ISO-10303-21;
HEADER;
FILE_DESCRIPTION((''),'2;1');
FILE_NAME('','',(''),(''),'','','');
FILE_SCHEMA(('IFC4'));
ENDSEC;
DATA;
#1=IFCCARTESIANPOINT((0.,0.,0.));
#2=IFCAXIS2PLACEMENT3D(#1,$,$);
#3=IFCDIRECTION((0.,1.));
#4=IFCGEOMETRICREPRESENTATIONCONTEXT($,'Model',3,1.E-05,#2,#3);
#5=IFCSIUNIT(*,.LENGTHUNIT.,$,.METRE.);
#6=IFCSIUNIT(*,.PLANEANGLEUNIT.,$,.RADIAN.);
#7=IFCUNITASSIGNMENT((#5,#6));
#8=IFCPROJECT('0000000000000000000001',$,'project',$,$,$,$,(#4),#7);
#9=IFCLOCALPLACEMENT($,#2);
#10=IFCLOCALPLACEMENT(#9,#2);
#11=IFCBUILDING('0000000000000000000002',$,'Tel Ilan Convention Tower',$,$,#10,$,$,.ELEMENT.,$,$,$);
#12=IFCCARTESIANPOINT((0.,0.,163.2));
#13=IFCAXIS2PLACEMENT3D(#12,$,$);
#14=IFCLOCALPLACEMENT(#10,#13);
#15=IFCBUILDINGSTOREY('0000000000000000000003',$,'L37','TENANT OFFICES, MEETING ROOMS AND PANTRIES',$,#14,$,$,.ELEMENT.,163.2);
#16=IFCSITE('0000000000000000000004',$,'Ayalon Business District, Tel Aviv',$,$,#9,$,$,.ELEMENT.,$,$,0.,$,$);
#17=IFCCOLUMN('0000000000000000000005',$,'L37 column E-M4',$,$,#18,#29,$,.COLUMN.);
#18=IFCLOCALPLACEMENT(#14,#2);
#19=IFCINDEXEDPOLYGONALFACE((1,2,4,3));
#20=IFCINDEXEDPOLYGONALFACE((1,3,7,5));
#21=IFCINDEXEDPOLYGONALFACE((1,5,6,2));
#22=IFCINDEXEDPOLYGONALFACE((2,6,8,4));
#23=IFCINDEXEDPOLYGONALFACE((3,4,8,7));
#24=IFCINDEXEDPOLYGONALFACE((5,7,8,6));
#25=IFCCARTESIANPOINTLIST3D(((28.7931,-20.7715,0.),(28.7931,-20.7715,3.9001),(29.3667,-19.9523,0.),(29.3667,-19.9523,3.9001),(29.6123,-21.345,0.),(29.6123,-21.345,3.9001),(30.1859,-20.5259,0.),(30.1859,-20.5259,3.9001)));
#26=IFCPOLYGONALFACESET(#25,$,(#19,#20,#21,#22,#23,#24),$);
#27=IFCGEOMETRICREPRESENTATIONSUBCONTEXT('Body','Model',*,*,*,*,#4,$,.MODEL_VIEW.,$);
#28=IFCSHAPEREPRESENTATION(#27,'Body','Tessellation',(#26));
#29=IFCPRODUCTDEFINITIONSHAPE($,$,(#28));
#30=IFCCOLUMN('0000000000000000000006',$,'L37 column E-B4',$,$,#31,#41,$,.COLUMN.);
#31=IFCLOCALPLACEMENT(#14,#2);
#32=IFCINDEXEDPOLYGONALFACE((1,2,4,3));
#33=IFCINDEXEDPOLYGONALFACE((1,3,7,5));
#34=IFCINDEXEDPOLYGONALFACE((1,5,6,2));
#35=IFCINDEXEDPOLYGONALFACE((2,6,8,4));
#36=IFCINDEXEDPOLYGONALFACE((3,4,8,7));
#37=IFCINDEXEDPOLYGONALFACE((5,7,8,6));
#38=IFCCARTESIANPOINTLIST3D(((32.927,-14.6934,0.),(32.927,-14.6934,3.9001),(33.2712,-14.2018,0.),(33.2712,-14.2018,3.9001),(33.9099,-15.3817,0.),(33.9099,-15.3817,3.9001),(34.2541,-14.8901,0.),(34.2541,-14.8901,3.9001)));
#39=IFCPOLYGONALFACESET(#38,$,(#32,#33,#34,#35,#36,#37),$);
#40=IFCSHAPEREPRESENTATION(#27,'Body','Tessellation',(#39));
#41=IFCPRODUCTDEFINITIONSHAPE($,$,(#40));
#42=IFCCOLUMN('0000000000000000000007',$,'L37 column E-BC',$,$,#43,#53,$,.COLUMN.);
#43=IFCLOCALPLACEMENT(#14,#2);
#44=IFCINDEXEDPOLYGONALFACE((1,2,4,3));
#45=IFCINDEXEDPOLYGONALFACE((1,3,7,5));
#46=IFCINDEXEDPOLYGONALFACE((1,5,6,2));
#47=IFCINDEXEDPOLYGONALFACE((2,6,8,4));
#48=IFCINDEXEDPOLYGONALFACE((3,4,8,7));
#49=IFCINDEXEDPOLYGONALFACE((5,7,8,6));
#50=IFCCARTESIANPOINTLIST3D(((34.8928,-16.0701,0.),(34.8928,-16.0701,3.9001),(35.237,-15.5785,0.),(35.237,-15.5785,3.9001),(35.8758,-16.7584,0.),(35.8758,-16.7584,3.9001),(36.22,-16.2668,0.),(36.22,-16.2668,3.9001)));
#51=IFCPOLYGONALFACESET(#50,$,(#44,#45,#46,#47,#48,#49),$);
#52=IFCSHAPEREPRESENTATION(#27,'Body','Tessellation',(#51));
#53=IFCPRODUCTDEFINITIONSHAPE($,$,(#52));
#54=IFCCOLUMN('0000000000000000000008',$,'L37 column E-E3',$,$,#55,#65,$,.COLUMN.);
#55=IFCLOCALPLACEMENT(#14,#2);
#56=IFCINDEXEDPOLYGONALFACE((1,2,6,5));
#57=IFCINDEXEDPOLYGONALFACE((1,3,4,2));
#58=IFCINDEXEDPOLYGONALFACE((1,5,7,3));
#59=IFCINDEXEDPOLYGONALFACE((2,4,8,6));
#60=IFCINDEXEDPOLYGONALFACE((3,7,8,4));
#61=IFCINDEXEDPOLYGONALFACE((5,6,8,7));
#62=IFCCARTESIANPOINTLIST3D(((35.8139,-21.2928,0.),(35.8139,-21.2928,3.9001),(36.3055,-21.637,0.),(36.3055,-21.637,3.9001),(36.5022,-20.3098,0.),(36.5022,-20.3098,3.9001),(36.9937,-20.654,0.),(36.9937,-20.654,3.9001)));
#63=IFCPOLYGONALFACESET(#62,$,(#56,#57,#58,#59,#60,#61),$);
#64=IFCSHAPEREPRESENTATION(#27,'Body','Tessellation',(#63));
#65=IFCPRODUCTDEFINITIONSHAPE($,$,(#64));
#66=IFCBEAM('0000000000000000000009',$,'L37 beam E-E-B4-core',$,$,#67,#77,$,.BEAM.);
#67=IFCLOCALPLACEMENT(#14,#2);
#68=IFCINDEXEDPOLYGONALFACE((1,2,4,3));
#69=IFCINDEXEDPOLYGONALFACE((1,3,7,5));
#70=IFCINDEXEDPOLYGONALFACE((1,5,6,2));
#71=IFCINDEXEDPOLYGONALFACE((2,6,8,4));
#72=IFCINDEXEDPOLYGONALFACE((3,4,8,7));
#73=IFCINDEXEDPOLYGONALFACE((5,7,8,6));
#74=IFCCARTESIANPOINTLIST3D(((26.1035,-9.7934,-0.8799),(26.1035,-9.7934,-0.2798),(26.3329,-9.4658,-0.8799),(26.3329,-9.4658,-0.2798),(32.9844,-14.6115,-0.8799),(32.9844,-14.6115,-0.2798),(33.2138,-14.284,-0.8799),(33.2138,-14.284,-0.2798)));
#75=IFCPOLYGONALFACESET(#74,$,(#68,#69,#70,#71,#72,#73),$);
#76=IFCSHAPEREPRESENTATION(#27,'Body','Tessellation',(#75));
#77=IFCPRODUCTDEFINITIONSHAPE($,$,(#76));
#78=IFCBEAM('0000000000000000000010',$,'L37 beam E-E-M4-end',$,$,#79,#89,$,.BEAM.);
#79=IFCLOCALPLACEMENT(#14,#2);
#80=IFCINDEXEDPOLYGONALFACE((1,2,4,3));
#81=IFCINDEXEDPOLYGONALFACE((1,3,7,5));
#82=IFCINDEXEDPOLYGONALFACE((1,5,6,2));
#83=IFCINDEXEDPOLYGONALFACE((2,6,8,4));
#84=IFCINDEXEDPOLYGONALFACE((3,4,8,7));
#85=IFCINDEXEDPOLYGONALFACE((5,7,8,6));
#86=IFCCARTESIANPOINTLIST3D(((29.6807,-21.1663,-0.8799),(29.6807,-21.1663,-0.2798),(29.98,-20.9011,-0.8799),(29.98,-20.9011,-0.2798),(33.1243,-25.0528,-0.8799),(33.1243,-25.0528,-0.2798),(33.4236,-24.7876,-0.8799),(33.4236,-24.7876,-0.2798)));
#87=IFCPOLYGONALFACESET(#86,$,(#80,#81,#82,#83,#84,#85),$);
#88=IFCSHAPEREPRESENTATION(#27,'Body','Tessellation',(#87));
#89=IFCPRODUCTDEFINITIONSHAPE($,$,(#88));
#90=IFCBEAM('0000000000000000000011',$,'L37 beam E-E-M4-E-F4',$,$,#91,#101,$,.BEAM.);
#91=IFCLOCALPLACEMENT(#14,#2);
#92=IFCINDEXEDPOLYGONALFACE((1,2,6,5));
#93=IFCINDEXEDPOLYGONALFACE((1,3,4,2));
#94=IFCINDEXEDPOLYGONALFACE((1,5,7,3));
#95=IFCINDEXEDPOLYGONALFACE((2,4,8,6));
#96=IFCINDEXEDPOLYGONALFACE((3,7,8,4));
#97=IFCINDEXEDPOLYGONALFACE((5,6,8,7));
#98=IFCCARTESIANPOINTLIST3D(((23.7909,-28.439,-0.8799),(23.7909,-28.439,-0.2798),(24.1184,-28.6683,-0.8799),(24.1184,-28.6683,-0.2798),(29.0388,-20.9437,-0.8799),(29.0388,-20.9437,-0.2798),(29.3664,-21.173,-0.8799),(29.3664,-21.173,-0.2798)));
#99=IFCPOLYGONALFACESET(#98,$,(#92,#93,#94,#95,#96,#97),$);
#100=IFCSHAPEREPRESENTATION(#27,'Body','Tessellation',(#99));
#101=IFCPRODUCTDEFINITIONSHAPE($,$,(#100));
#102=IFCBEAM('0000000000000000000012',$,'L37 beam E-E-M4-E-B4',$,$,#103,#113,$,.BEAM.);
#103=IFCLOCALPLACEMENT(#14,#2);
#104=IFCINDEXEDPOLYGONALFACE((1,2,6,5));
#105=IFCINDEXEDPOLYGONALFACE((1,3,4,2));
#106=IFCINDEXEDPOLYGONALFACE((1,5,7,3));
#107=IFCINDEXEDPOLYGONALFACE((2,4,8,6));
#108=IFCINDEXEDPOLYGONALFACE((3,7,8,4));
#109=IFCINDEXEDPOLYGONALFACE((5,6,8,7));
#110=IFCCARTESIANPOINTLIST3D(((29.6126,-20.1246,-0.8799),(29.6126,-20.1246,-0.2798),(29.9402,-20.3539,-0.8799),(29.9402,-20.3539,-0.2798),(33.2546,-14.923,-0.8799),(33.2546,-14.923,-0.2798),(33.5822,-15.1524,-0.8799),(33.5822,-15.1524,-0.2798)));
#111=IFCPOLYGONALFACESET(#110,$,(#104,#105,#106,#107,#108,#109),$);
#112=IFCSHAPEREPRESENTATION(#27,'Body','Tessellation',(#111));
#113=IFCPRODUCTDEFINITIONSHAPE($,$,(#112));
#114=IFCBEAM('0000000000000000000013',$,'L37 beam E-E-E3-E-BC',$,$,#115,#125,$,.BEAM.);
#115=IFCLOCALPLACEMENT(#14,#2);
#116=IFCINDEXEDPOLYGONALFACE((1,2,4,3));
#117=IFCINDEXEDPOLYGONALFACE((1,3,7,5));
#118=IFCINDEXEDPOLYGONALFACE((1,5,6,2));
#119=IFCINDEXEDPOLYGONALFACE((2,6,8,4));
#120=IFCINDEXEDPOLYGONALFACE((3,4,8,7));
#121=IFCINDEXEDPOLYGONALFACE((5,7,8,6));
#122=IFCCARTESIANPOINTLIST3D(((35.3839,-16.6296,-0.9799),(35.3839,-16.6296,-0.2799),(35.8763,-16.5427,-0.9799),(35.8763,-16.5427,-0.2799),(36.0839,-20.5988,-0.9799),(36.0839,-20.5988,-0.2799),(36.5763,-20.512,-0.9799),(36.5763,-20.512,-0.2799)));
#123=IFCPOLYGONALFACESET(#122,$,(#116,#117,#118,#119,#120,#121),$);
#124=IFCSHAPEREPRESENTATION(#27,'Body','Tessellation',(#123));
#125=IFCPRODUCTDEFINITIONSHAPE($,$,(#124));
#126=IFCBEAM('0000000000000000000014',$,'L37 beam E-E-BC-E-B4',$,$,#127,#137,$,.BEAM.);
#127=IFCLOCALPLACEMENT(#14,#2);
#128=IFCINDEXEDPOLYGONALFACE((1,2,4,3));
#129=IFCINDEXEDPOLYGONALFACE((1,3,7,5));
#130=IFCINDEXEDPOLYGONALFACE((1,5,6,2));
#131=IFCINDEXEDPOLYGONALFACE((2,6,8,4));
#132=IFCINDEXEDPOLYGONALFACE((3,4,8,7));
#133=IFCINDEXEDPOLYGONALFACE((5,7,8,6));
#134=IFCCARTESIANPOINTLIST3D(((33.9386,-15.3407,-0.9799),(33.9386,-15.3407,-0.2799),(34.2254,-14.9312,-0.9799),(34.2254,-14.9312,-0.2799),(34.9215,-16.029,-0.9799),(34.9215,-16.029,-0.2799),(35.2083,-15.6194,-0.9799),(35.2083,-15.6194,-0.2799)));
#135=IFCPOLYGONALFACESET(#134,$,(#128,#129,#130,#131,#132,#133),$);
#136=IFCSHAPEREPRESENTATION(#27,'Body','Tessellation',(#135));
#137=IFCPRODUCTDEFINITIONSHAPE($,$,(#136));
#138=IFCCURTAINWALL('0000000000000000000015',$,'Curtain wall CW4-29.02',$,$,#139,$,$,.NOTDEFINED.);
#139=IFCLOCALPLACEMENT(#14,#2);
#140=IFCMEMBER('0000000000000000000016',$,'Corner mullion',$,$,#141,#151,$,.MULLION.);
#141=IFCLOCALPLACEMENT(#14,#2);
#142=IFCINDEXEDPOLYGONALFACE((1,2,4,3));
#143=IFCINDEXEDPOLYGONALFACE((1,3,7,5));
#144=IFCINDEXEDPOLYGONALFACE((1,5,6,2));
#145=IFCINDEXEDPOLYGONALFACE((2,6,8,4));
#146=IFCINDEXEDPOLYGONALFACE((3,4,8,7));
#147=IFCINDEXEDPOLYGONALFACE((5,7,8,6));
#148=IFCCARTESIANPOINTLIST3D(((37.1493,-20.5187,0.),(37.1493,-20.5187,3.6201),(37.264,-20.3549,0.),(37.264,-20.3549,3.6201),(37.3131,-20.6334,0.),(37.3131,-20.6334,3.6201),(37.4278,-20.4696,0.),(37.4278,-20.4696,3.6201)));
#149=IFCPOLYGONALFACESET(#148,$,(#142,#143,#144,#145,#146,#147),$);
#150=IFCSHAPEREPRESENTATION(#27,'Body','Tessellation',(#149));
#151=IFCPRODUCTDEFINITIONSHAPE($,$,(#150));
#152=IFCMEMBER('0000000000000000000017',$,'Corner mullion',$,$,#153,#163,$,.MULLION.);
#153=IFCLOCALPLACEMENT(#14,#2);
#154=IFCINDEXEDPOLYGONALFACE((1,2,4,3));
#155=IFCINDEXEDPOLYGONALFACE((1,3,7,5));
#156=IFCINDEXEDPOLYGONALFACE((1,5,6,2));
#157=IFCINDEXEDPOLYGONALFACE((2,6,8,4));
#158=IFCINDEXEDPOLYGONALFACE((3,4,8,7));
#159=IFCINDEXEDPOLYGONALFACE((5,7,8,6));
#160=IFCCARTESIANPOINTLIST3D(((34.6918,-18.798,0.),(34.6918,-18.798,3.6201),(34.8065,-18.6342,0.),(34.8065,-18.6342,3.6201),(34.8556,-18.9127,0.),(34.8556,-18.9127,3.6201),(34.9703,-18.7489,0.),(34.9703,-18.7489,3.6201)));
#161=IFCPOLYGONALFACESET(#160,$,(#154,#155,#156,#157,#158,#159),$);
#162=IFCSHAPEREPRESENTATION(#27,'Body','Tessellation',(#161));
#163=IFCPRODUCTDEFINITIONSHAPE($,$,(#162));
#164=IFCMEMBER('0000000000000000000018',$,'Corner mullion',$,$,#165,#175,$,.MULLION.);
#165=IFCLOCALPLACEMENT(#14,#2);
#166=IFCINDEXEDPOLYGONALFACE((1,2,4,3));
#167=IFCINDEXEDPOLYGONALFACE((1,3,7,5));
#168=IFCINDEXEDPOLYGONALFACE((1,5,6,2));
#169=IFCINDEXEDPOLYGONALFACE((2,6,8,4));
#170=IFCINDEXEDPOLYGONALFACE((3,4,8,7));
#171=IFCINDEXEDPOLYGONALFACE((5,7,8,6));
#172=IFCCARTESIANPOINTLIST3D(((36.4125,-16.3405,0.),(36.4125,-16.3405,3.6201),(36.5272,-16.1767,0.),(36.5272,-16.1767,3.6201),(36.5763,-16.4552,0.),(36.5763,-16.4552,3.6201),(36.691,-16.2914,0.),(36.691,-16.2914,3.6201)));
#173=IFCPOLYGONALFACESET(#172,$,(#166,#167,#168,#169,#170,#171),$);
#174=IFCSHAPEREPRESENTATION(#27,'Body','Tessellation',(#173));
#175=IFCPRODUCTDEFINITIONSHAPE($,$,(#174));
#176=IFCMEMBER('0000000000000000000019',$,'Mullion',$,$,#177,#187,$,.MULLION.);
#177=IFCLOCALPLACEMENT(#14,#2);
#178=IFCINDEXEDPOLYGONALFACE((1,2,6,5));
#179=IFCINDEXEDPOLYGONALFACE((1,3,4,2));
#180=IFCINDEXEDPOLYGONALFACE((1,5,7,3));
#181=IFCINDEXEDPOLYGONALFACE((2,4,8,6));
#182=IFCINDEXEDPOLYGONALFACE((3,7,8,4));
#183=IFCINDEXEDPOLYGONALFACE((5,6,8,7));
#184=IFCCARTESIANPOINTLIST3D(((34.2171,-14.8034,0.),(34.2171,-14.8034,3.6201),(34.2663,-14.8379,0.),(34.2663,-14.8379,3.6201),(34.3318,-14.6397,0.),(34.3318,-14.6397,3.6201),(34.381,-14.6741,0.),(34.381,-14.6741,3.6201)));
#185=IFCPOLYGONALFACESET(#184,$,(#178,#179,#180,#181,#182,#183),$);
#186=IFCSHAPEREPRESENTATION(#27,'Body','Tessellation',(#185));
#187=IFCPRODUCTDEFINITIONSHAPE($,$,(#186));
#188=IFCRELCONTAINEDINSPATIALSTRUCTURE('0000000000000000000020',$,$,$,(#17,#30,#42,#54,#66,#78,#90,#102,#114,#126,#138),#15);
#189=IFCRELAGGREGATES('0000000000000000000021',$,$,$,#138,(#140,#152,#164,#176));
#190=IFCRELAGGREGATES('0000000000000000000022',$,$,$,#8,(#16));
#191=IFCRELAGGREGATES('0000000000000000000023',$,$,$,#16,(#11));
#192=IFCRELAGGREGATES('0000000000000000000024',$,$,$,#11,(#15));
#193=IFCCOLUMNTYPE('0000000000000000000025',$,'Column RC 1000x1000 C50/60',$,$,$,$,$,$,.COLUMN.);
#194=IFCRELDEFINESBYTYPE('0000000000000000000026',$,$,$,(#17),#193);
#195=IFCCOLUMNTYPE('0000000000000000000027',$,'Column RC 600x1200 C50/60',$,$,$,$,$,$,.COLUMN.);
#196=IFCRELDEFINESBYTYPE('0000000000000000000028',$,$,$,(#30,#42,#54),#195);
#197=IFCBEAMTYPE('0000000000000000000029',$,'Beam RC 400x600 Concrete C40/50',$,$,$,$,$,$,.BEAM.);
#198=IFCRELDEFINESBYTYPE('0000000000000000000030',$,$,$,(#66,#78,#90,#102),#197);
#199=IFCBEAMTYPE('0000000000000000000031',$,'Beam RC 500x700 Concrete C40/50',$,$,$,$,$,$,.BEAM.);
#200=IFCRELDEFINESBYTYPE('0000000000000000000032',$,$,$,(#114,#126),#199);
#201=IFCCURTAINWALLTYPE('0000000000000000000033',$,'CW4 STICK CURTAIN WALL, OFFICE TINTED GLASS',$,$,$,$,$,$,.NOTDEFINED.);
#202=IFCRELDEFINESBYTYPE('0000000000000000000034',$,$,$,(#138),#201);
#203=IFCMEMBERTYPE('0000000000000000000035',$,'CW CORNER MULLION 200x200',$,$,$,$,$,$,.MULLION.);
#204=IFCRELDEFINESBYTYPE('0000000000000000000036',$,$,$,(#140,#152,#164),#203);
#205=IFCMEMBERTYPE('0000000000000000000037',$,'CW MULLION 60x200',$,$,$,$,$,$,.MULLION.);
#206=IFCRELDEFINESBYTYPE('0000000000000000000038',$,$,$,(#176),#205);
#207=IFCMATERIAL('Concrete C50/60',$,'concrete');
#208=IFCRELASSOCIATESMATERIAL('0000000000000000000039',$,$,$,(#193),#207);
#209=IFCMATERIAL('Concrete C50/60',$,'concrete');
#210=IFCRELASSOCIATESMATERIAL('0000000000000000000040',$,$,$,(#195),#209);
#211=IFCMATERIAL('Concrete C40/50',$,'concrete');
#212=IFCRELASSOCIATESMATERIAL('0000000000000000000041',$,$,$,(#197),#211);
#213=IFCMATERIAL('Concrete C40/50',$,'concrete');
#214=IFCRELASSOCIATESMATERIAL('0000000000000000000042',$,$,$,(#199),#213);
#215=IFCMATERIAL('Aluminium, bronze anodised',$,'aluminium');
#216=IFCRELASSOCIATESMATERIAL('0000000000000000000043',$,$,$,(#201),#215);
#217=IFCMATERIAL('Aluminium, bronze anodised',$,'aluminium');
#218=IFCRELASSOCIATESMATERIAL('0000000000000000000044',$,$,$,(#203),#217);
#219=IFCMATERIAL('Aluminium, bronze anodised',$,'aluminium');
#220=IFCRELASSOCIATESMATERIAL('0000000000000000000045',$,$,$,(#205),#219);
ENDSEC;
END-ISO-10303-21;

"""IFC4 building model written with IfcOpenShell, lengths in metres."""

from ifc_helpers import new_model, si_unit, direction, frame, origin, origin_2d, place, context, subcontext, project, spatial, rectangle, extrude, material, material_profile, profile_set, type_object, element, aggregate, save


model = new_model("IFC4")

# Units and contexts
model_context = context("Model", 3, precision=1e-05, world=origin(), true_north=direction((0.0, 1.0)))
body_context = subcontext(model_context, "Body", "Model", "MODEL_VIEW")
ifc_project = project(units=[si_unit("LENGTHUNIT", "METRE"), si_unit("PLANEANGLEUNIT", "RADIAN")], contexts=[model_context])

# Site, building, storey
site_placement = place(None, origin())
site = spatial("IfcSite", under=ifc_project, at=site_placement, Name="Ayalon Business District, Tel Aviv", CompositionType="ELEMENT", RefElevation=0.0)
building_placement = place(site_placement, origin())
building = spatial("IfcBuilding", under=site, at=building_placement, Name="Tel Ilan Convention Tower", CompositionType="ELEMENT")
storey_placement = place(building_placement, frame((0.0, 0.0, 163.2)))
storey = spatial("IfcBuildingStorey", under=building, at=storey_placement, Name="L37", Description="TENANT OFFICES, MEETING ROOMS AND PANTRIES", CompositionType="ELEMENT", Elevation=163.2)

# Columns
ifc_material_1 = material(Name="Concrete C50/60", Category="concrete")
ifc_material_profile_1 = material_profile(ifc_material_1, rectangle(XDim=1.0, YDim=1.0, at=origin_2d()), Name="RC 1000x1000")
ifc_profile_set_1 = profile_set([ifc_material_profile_1], Name="Concrete C50/60")
column_type_1 = type_object("IfcColumnType", Name="Column RC 1000x1000 C50/60", PredefinedType="COLUMN", material=ifc_profile_set_1)
column_placement = place(storey_placement, frame((29.4895, -20.6487, 0.0), z_axis=(0.0, 0.0, 1.0), x_axis=(0.819152, -0.573576, 0.0)))
element("IfcColumn", 1, at=column_placement, inside=storey, type_object=column_type_1, Name="L37 column E-M4", PredefinedType="COLUMN", context=body_context, shape_type="SweptSolid", body=[
    extrude(rectangle(XDim=1.0, YDim=1.0, at=origin_2d()), origin(), (0.0, 0.0, 1.0), 3.9001),
])
ifc_material_2 = material(Name="Concrete C50/60", Category="concrete")
ifc_material_profile_2 = material_profile(ifc_material_2, rectangle(XDim=1.2, YDim=0.6001, at=origin_2d()), Name="RC 600x1200")
ifc_profile_set_2 = profile_set([ifc_material_profile_2], Name="Concrete C50/60")
column_type_2 = type_object("IfcColumnType", Name="Column RC 600x1200 C50/60", PredefinedType="COLUMN", material=ifc_profile_set_2)
for number, where, z_axis, x_axis, name in (
    (2, (33.5906, -14.7917, 0.0), (0.0, 0.0, 1.0), (0.819152, -0.573576, 0.0), "L37 column E-B4"),
    (3, (35.5564, -16.1685, 0.0), (0.0, 0.0, 1.0), (0.819152, -0.573576, 0.0), "L37 column E-BC"),
    (4, (36.4038, -20.9734, 0.0), (0.0, 0.0, 1.0), (0.573576, 0.819152, 0.0), "L37 column E-E3"),
):
    element("IfcColumn", number, at=place(storey_placement, frame(where, z_axis=z_axis, x_axis=x_axis)), inside=storey, type_object=column_type_2, Name=name, PredefinedType="COLUMN", context=body_context, shape_type="SweptSolid", body=[
        extrude(rectangle(XDim=1.2, YDim=0.6001, at=origin_2d()), origin(), (0.0, 0.0, 1.0), 3.9001),
    ])

# Beams
ifc_material_3 = material(Name="Concrete C40/50", Category="concrete")
ifc_material_profile_3 = material_profile(ifc_material_3, rectangle(XDim=0.3999, YDim=0.6001, at=origin_2d()), Name="RC 400x600")
ifc_profile_set_3 = profile_set([ifc_material_profile_3], Name="Concrete C40/50")
beam_type_1 = type_object("IfcBeamType", Name="Beam RC 400x600 Concrete C40/50", PredefinedType="BEAM", material=ifc_profile_set_3)
beam_1_placement = place(storey_placement, frame((33.0991, -14.4478, -0.5798), z_axis=(-0.819147, 0.573583, 0.0), x_axis=(-0.573583, -0.819147, 0.0)))
element("IfcBeam", 5, at=beam_1_placement, inside=storey, type_object=beam_type_1, Name="L37 beam E-E-B4-core", PredefinedType="BEAM", context=body_context, shape_type="SweptSolid", body=[
    extrude(rectangle(XDim=0.3999, YDim=0.6001, at=origin_2d()), origin(), (0.0, 0.0, 1.0), 8.4001),
])
beam_2_placement = place(storey_placement, frame((29.8303, -21.0337, -0.5798), z_axis=(0.663175, -0.748464, 0.0), x_axis=(0.748464, 0.663175, 0.0)))
element("IfcBeam", 6, at=beam_2_placement, inside=storey, type_object=beam_type_1, Name="L37 beam E-E-M4-end", PredefinedType="BEAM", context=body_context, shape_type="SweptSolid", body=[
    extrude(rectangle(XDim=0.3999, YDim=0.6001, at=origin_2d()), origin(), (0.0, 0.0, 1.0), 5.1926),
])
beam_3_placement = place(storey_placement, frame((29.2026, -21.0583, -0.5798), z_axis=(-0.573557, -0.819165, 0.0), x_axis=(0.819165, -0.573557, 0.0)))
element("IfcBeam", 7, at=beam_3_placement, inside=storey, type_object=beam_type_1, Name="L37 beam E-E-M4-E-F4", PredefinedType="BEAM", context=body_context, shape_type="SweptSolid", body=[
    extrude(rectangle(XDim=0.3999, YDim=0.6001, at=origin_2d()), origin(), (0.0, 0.0, 1.0), 9.1499),
])
beam_4_placement = place(storey_placement, frame((29.7764, -20.2393, -0.5798), z_axis=(0.57356, 0.819163, 0.0), x_axis=(-0.819163, 0.57356, 0.0)))
element("IfcBeam", 8, at=beam_4_placement, inside=storey, type_object=beam_type_1, Name="L37 beam E-E-M4-E-B4", PredefinedType="BEAM", context=body_context, shape_type="SweptSolid", body=[
    extrude(rectangle(XDim=0.3999, YDim=0.6001, at=origin_2d()), origin(), (0.0, 0.0, 1.0), 6.3499),
])
ifc_material_4 = material(Name="Concrete C40/50", Category="concrete")
ifc_material_profile_4 = material_profile(ifc_material_4, rectangle(XDim=0.5, YDim=0.7, at=origin_2d()), Name="RC 500x700")
ifc_profile_set_4 = profile_set([ifc_material_profile_4], Name="Concrete C40/50")
beam_type_2 = type_object("IfcBeamType", Name="Beam RC 500x700 Concrete C40/50", PredefinedType="BEAM", material=ifc_profile_set_4)
beam_5_placement = place(storey_placement, frame((36.3301, -20.5554, -0.6299), z_axis=(-0.173664, 0.984805, 0.0), x_axis=(-0.984805, -0.173664, 0.0)))
element("IfcBeam", 9, at=beam_5_placement, inside=storey, type_object=beam_type_2, Name="L37 beam E-E-E3-E-BC", PredefinedType="BEAM", context=body_context, shape_type="SweptSolid", body=[
    extrude(rectangle(XDim=0.5, YDim=0.7, at=origin_2d()), origin(), (0.0, 0.0, 1.0), 4.0305),
])
beam_6_placement = place(storey_placement, frame((35.0649, -15.8242, -0.6299), z_axis=(-0.819155, 0.573572, 0.0), x_axis=(-0.573572, -0.819155, 0.0)))
element("IfcBeam", 10, at=beam_6_placement, inside=storey, type_object=beam_type_2, Name="L37 beam E-E-BC-E-B4", PredefinedType="BEAM", context=body_context, shape_type="SweptSolid", body=[
    extrude(rectangle(XDim=0.5, YDim=0.7, at=origin_2d()), origin(), (0.0, 0.0, 1.0), 1.2),
])

# Curtain wall, members
ifc_material_5 = material(Name="Aluminium, bronze anodised", Category="aluminium")
curtain_wall_type = type_object("IfcCurtainWallType", Name="CW4 STICK CURTAIN WALL, OFFICE TINTED GLASS", PredefinedType="NOTDEFINED", material=ifc_material_5)
curtain_wall_placement = place(storey_placement, origin())
curtain_wall = element("IfcCurtainWall", 11, at=curtain_wall_placement, inside=storey, type_object=curtain_wall_type, Name="Curtain wall CW4-29.02", PredefinedType="NOTDEFINED")
ifc_material_6 = material(Name="Aluminium, bronze anodised", Category="aluminium")
ifc_material_profile_5 = material_profile(ifc_material_6, rectangle(XDim=0.2, YDim=0.2, at=origin_2d()), Name="CW CORNER MULLION 200x200")
ifc_profile_set_5 = profile_set([ifc_material_profile_5], Name="Aluminium, bronze anodised")
member_type_1 = type_object("IfcMemberType", Name="CW CORNER MULLION 200x200", PredefinedType="MULLION", material=ifc_profile_set_5)
member_1_placement = place(storey_placement, frame((37.2886, -20.4941, 0.0), z_axis=(0.0, 0.0, 1.0), x_axis=(0.573576, 0.819152, 0.0)))
member_1 = element("IfcMember", 12, at=member_1_placement, type_object=member_type_1, Name="Corner mullion", PredefinedType="MULLION", context=body_context, shape_type="SweptSolid", body=[
    extrude(rectangle(XDim=0.2, YDim=0.2, at=origin_2d()), origin(), (0.0, 0.0, 1.0), 3.6201),
])
member_2_placement = place(storey_placement, frame((34.8311, -18.7734, 0.0), z_axis=(0.0, 0.0, 1.0), x_axis=(-0.819152, 0.573576, 0.0)))
member_2 = element("IfcMember", 13, at=member_2_placement, type_object=member_type_1, Name="Corner mullion", PredefinedType="MULLION", context=body_context, shape_type="SweptSolid", body=[
    extrude(rectangle(XDim=0.2, YDim=0.2, at=origin_2d()), origin(), (0.0, 0.0, 1.0), 3.6201),
])
member_3_placement = place(storey_placement, frame((36.5518, -16.3159, 0.0), z_axis=(0.0, 0.0, 1.0), x_axis=(0.573576, 0.819152, 0.0)))
member_3 = element("IfcMember", 14, at=member_3_placement, type_object=member_type_1, Name="Corner mullion", PredefinedType="MULLION", context=body_context, shape_type="SweptSolid", body=[
    extrude(rectangle(XDim=0.2, YDim=0.2, at=origin_2d()), origin(), (0.0, 0.0, 1.0), 3.6201),
])
ifc_material_7 = material(Name="Aluminium, bronze anodised", Category="aluminium")
ifc_material_profile_6 = material_profile(ifc_material_7, rectangle(XDim=0.0601, YDim=0.2, at=origin_2d()), Name="CW MULLION 60x200")
ifc_profile_set_6 = profile_set([ifc_material_profile_6], Name="Aluminium, bronze anodised")
member_type_2 = type_object("IfcMemberType", Name="CW MULLION 60x200", PredefinedType="MULLION", material=ifc_profile_set_6)
member_4_placement = place(storey_placement, frame((34.2991, -14.7388, 0.0), z_axis=(0.0, 0.0, 1.0), x_axis=(-0.819152, 0.573576, 0.0)))
member_4 = element("IfcMember", 15, at=member_4_placement, type_object=member_type_2, Name="Mullion", PredefinedType="MULLION", context=body_context, shape_type="SweptSolid", body=[
    extrude(rectangle(XDim=0.0601, YDim=0.2, at=origin_2d()), origin(), (0.0, 0.0, 1.0), 3.6201),
])
aggregate(curtain_wall, [member_1, member_2, member_3, member_4])

save(model, "model.ifc")
